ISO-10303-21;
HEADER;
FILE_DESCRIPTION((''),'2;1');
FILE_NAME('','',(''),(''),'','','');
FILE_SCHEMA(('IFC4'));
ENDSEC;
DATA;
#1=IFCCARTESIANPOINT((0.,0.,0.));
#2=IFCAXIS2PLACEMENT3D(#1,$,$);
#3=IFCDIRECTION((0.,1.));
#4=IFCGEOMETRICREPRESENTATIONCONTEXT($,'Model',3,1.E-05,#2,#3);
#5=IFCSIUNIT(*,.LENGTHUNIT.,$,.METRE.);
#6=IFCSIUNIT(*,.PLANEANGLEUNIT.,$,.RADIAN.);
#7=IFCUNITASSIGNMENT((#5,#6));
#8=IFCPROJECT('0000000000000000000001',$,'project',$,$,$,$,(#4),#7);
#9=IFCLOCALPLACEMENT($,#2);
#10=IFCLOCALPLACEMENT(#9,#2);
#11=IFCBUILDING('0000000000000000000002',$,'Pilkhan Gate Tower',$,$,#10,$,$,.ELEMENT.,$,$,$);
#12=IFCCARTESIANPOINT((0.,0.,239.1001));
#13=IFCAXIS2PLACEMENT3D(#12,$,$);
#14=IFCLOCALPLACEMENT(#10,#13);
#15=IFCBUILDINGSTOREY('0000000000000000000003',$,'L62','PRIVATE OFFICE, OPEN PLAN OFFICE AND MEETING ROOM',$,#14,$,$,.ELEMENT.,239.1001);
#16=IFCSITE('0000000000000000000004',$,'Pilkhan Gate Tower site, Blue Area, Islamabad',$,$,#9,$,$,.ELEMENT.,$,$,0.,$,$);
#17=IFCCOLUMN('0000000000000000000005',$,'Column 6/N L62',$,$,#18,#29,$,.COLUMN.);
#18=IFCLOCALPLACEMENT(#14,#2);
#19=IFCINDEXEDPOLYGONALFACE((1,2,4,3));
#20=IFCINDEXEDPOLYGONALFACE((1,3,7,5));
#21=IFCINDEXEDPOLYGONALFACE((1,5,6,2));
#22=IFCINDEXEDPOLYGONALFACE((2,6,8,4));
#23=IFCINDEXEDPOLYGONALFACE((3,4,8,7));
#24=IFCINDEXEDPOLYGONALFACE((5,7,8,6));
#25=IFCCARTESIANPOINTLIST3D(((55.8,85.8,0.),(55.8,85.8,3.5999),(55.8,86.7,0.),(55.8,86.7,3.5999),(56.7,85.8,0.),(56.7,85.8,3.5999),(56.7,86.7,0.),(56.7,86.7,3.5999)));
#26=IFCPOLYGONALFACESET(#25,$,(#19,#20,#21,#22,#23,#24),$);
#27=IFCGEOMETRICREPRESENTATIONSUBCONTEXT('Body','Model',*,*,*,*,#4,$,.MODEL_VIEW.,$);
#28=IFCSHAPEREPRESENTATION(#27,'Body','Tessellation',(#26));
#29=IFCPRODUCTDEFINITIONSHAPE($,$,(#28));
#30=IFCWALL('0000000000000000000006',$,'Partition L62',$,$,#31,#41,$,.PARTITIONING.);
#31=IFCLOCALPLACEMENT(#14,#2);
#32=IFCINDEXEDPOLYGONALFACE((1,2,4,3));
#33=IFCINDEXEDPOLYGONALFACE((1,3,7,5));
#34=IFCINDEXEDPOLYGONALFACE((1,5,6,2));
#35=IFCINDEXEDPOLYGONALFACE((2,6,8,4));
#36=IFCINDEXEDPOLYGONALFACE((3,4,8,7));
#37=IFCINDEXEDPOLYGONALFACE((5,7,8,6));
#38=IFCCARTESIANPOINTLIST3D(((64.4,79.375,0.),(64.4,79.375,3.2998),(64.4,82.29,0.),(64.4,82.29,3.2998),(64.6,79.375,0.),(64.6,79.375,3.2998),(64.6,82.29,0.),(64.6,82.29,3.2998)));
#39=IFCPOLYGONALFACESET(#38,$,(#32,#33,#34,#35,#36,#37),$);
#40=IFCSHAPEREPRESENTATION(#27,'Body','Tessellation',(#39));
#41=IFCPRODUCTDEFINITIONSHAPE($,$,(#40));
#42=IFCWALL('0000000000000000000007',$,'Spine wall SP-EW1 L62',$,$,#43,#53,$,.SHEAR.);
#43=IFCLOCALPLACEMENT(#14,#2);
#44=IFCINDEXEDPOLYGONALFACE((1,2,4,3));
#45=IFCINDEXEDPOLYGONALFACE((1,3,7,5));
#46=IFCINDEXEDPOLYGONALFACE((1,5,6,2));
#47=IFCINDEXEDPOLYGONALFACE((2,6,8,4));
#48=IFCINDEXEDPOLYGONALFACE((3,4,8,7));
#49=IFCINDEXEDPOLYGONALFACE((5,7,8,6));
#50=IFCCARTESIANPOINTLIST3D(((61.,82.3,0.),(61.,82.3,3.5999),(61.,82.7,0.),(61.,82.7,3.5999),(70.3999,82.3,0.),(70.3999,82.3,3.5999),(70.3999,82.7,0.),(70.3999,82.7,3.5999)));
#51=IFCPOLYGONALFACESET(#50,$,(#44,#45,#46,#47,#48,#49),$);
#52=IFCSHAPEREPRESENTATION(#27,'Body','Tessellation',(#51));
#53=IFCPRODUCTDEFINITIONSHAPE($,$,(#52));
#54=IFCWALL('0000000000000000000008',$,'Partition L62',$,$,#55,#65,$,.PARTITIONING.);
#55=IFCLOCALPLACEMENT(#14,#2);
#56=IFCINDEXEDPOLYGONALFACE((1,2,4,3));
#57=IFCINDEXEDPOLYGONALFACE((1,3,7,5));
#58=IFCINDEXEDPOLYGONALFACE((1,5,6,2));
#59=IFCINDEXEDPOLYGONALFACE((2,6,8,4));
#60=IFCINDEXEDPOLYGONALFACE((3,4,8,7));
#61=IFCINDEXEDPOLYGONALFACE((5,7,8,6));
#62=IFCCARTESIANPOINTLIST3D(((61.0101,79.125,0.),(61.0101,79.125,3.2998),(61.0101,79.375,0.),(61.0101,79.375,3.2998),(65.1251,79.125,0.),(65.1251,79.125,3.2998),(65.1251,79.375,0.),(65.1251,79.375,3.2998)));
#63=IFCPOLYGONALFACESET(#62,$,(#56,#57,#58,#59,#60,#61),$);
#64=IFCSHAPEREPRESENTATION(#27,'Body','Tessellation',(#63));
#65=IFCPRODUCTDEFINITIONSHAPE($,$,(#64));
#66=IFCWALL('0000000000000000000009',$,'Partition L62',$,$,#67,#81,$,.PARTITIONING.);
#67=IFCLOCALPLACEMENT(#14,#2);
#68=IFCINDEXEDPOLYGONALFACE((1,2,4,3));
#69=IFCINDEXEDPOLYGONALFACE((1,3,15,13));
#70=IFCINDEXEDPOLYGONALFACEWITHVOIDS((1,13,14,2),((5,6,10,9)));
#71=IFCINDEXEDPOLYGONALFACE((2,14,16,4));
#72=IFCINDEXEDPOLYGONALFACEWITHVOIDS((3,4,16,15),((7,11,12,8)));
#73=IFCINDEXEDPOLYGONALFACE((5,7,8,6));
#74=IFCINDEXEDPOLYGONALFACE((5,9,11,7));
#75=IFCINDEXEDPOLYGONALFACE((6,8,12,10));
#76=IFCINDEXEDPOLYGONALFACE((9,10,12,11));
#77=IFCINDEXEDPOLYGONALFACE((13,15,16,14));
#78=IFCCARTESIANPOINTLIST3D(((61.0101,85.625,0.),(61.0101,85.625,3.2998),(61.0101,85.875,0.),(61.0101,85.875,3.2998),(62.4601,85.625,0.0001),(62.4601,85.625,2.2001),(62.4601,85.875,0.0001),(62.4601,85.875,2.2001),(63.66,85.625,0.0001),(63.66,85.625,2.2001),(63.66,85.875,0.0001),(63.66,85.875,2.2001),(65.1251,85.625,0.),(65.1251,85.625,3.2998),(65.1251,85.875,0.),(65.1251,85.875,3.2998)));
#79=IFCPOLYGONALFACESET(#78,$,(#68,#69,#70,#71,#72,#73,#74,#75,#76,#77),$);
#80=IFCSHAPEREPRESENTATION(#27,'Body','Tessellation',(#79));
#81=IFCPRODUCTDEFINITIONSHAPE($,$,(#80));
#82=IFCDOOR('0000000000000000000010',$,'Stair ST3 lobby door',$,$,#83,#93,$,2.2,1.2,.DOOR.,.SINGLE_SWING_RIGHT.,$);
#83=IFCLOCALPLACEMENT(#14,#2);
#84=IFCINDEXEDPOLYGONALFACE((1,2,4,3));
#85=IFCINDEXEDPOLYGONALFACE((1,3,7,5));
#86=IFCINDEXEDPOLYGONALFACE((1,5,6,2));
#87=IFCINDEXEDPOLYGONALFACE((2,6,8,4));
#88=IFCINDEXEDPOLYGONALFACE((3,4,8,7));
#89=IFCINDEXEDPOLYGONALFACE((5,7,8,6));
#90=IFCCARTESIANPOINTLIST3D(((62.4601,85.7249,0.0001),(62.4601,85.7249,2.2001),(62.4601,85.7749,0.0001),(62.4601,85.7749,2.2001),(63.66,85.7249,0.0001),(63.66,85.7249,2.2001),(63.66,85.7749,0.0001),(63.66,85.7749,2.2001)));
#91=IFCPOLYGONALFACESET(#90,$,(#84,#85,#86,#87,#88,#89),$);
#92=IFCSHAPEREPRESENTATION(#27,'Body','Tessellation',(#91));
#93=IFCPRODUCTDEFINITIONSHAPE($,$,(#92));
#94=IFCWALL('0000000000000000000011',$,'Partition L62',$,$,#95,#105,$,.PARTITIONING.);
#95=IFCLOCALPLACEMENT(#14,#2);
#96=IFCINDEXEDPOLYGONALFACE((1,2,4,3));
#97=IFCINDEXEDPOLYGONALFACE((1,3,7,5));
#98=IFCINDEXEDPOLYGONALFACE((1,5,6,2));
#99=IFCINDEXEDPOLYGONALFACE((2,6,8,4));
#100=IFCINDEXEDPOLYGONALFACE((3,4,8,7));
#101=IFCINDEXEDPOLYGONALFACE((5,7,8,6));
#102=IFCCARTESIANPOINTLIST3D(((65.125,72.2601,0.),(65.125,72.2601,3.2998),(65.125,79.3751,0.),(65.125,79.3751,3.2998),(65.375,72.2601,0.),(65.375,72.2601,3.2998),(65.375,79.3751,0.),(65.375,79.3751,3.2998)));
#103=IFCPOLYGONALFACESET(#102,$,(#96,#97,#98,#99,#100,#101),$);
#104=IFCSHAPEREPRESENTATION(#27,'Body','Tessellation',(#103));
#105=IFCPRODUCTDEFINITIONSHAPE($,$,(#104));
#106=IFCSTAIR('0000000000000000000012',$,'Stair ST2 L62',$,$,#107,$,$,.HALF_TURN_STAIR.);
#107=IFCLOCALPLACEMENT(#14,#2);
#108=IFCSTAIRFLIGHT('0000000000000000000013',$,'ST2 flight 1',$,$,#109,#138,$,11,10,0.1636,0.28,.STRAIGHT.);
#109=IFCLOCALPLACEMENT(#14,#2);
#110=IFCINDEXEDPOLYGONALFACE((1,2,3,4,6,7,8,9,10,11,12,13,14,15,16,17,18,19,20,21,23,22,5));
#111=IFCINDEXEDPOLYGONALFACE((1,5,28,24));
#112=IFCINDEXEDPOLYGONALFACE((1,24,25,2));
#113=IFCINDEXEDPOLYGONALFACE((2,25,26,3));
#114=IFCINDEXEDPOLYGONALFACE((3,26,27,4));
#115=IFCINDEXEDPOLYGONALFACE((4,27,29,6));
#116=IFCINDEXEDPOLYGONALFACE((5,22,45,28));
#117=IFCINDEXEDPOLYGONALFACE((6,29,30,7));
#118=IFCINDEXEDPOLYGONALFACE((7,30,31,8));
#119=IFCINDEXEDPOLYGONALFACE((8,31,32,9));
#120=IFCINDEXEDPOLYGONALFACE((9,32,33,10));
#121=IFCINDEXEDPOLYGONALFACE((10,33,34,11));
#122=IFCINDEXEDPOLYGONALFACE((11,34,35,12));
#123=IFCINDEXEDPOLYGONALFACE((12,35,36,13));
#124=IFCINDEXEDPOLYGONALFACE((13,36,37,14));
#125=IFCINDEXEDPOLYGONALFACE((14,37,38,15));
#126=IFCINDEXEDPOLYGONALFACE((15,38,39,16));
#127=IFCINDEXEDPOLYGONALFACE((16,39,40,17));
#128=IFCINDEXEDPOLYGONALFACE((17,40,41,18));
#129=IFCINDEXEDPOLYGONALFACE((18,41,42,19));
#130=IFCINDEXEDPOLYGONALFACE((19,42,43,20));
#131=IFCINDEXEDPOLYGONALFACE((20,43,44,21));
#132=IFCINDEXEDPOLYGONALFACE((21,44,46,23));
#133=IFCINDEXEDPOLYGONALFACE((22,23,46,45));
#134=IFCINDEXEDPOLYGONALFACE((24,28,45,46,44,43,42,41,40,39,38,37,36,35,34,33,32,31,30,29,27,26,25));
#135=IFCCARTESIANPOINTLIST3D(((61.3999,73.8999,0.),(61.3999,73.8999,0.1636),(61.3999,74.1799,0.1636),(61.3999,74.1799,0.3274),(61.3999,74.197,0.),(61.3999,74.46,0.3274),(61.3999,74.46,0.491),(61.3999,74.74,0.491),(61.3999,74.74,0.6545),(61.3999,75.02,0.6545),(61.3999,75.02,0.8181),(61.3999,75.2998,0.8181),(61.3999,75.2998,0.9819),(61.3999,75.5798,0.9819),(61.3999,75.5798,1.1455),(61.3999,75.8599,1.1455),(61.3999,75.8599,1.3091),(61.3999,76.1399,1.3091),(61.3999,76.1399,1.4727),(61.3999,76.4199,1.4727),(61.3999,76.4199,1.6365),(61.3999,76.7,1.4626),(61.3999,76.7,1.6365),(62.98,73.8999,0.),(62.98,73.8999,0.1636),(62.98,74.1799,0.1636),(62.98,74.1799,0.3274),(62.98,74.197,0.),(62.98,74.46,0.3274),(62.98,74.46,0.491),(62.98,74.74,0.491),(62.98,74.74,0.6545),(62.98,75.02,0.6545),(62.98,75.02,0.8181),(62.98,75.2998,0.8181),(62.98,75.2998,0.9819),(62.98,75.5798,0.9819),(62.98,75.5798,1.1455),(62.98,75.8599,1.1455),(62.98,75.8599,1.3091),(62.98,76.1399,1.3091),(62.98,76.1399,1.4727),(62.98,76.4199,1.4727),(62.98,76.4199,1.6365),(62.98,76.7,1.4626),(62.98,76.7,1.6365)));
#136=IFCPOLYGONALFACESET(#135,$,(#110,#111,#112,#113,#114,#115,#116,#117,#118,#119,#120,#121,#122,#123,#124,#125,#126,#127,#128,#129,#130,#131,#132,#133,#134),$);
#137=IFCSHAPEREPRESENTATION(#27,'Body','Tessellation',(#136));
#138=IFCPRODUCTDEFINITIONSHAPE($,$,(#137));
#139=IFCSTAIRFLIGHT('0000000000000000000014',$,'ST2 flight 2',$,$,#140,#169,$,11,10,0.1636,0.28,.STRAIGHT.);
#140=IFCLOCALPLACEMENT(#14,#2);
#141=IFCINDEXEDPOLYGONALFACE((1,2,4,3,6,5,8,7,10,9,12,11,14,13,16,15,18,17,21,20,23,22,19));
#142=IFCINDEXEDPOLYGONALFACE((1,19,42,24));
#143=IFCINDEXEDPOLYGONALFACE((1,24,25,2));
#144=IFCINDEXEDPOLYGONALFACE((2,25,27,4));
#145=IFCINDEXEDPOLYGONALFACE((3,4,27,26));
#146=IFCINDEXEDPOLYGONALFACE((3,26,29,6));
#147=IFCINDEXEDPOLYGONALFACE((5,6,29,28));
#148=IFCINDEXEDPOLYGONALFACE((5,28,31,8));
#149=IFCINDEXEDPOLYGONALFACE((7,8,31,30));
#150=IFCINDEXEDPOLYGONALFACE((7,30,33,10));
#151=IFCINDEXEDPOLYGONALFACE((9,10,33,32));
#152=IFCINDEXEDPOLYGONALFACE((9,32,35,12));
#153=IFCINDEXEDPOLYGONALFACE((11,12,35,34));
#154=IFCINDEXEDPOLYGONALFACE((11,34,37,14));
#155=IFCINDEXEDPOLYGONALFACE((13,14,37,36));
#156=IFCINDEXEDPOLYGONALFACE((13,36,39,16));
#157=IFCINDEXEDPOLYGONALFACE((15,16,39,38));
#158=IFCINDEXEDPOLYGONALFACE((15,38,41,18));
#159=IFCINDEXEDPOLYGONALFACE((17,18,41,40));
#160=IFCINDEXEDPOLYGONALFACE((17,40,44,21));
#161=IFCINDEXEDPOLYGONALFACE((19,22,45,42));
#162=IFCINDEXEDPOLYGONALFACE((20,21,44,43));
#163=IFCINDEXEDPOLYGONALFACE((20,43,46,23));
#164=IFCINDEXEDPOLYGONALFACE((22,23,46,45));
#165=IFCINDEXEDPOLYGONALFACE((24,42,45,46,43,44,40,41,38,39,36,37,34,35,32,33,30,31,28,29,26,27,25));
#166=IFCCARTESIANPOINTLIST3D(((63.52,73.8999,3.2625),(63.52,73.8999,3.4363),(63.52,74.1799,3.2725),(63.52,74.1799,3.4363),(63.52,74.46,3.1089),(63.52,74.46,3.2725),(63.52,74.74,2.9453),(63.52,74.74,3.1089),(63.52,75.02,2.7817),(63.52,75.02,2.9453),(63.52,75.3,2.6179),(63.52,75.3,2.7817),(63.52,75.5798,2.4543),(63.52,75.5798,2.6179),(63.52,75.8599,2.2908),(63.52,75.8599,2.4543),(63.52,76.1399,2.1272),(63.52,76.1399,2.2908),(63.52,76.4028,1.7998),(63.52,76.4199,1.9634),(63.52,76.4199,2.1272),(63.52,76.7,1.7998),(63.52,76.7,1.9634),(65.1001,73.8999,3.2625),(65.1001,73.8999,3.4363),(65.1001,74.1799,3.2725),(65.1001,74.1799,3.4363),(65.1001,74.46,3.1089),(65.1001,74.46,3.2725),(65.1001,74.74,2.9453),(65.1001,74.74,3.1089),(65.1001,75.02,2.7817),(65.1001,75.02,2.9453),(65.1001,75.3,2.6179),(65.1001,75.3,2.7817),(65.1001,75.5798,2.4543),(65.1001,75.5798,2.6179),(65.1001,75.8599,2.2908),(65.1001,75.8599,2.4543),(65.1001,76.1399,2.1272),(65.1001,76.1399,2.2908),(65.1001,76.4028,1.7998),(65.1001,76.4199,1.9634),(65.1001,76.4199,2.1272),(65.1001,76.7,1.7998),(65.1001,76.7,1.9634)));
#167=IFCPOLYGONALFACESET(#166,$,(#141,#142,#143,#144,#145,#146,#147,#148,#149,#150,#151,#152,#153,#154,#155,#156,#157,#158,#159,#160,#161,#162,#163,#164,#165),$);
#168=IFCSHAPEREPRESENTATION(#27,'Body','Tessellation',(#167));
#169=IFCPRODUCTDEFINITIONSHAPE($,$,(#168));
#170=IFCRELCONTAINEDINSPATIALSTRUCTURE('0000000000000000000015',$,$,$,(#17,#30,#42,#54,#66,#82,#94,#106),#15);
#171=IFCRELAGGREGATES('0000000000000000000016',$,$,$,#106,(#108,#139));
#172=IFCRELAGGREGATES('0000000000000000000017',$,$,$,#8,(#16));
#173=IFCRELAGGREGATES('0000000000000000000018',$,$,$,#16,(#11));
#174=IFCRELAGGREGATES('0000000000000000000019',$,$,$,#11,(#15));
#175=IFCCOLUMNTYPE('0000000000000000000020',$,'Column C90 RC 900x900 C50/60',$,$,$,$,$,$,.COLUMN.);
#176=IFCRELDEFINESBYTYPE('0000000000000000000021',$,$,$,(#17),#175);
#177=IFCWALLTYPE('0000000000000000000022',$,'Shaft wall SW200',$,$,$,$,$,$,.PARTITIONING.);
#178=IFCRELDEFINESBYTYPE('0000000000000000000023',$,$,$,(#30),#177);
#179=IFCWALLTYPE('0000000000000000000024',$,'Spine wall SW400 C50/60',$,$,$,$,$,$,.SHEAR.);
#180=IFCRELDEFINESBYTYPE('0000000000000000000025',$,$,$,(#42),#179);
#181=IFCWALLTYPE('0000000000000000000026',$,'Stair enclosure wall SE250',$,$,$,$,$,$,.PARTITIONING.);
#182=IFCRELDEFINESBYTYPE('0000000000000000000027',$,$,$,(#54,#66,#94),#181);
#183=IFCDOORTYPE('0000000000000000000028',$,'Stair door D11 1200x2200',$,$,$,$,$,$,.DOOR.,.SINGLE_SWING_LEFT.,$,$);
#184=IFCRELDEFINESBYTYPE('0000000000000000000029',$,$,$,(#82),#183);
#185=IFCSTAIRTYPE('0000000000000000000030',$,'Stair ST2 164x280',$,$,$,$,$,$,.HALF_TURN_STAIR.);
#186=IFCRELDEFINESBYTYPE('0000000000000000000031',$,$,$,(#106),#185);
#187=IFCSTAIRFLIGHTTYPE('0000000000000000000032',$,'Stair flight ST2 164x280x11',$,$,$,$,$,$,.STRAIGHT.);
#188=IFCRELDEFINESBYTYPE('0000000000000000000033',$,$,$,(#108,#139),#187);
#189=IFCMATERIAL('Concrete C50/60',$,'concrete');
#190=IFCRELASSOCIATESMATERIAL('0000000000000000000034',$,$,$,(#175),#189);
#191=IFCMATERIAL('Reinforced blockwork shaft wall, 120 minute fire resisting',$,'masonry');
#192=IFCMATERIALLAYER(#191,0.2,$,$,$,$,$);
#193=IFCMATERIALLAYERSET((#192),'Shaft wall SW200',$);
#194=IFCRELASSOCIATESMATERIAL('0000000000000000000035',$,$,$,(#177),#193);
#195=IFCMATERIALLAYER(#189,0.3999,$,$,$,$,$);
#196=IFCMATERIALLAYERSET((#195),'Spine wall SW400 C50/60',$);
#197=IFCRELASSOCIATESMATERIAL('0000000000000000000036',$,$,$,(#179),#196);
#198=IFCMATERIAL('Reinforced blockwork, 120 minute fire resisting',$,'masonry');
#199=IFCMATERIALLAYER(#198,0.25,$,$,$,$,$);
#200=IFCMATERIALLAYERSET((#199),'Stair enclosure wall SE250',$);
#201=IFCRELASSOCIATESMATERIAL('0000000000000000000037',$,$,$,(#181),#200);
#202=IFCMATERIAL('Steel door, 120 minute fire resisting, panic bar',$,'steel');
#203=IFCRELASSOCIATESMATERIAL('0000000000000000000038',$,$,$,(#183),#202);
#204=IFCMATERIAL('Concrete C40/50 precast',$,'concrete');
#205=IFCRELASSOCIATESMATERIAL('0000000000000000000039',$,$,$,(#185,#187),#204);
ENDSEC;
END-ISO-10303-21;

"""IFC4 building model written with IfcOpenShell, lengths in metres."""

from ifc_helpers import new_model, si_unit, direction, frame, frame_2d, origin, origin_2d, place, context, subcontext, project, spatial, polyline, rectangle, outline, extrude, material, layer, layer_set, material_profile, profile_set, type_object, element, fill, aggregate, save


model = new_model("IFC4")

# Units and contexts
model_context = context("Model", 3, precision=1e-05, world=origin(), true_north=direction((0.0, 1.0)))
body_context = subcontext(model_context, "Body", "Model", "MODEL_VIEW")
ifc_project = project(units=[si_unit("LENGTHUNIT", "METRE"), si_unit("PLANEANGLEUNIT", "RADIAN")], contexts=[model_context])

# Site, building, storey
site_placement = place(None, origin())
site = spatial("IfcSite", under=ifc_project, at=site_placement, Name="Pilkhan Gate Tower site, Blue Area, Islamabad", CompositionType="ELEMENT", RefElevation=0.0)
building_placement = place(site_placement, origin())
building = spatial("IfcBuilding", under=site, at=building_placement, Name="Pilkhan Gate Tower", CompositionType="ELEMENT")
storey_placement = place(building_placement, frame((0.0, 0.0, 239.1001)))
storey = spatial("IfcBuildingStorey", under=building, at=storey_placement, Name="L62", Description="PRIVATE OFFICE, OPEN PLAN OFFICE AND MEETING ROOM", CompositionType="ELEMENT", Elevation=239.1001)

# Column
ifc_material_1 = material(Name="Concrete C50/60", Category="concrete")
ifc_material_profile = material_profile(ifc_material_1, rectangle(XDim=0.8999, YDim=0.8999, at=origin_2d()), Name="RC 900x900")
ifc_profile_set = profile_set([ifc_material_profile], Name="Concrete C50/60")
column_type = type_object("IfcColumnType", Name="Column C90 RC 900x900 C50/60", PredefinedType="COLUMN", material=ifc_profile_set)
column_placement = place(storey_placement, frame((56.25, 86.25, 0.0), z_axis=(0.0, 0.0, 1.0), x_axis=(1.0, 0.0, 0.0)))
element("IfcColumn", 1, at=column_placement, inside=storey, type_object=column_type, Name="Column 6/N L62", PredefinedType="COLUMN", context=body_context, shape_type="SweptSolid", body=[
    extrude(rectangle(XDim=0.8999, YDim=0.8999, at=origin_2d()), origin(), (0.0, 0.0, 1.0), 3.5999),
])

# Walls
ifc_material_2 = material(Name="Reinforced blockwork shaft wall, 120 minute fire resisting", Category="masonry")
ifc_layer_1 = layer(ifc_material_2, 0.2)
ifc_layer_set_1 = layer_set([ifc_layer_1], Name="Shaft wall SW200")
wall_type_1 = type_object("IfcWallType", Name="Shaft wall SW200", PredefinedType="PARTITIONING", material=ifc_layer_set_1)
wall_1_placement = place(storey_placement, frame((64.5, 79.375, 0.0), z_axis=(0.0, 0.0, 1.0), x_axis=(0.0, 1.0, 0.0)))
element("IfcWall", 2, at=wall_1_placement, inside=storey, type_object=wall_type_1, Name="Partition L62", PredefinedType="PARTITIONING", context=body_context, shape_type="SweptSolid", body=[
    extrude(rectangle(XDim=2.915, YDim=0.2, at=frame_2d((1.4575, 0.0))), origin(), (0.0, 0.0, 1.0), 3.2998),
])
ifc_layer_2 = layer(ifc_material_1, 0.3999)
ifc_layer_set_2 = layer_set([ifc_layer_2], Name="Spine wall SW400 C50/60")
wall_type_2 = type_object("IfcWallType", Name="Spine wall SW400 C50/60", PredefinedType="SHEAR", material=ifc_layer_set_2)
wall_2_placement = place(storey_placement, frame((61.0, 82.5, 0.0), z_axis=(0.0, 0.0, 1.0), x_axis=(1.0, 0.0, 0.0)))
element("IfcWall", 3, at=wall_2_placement, inside=storey, type_object=wall_type_2, Name="Spine wall SP-EW1 L62", PredefinedType="SHEAR", context=body_context, shape_type="SweptSolid", body=[
    extrude(rectangle(XDim=9.3999, YDim=0.3999, at=frame_2d((4.7, 0.0))), origin(), (0.0, 0.0, 1.0), 3.5999),
])
ifc_material_3 = material(Name="Reinforced blockwork, 120 minute fire resisting", Category="masonry")
ifc_layer_3 = layer(ifc_material_3, 0.25)
ifc_layer_set_3 = layer_set([ifc_layer_3], Name="Stair enclosure wall SE250")
wall_type_3 = type_object("IfcWallType", Name="Stair enclosure wall SE250", PredefinedType="PARTITIONING", material=ifc_layer_set_3)
wall_3_placement = place(storey_placement, frame((61.01, 79.25, 0.0), z_axis=(0.0, 0.0, 1.0), x_axis=(1.0, 0.0, 0.0)))
element("IfcWall", 4, at=wall_3_placement, inside=storey, type_object=wall_type_3, Name="Partition L62", PredefinedType="PARTITIONING", context=body_context, shape_type="SweptSolid", body=[
    extrude(rectangle(XDim=4.115, YDim=0.25, at=frame_2d((2.0576, 0.0))), origin(), (0.0, 0.0, 1.0), 3.2998),
])

# Wall, opening, door
wall_4_placement = place(storey_placement, frame((61.01, 85.75, 0.0), z_axis=(0.0, 0.0, 1.0), x_axis=(1.0, 0.0, 0.0)))
wall_4 = element("IfcWall", 5, at=wall_4_placement, inside=storey, type_object=wall_type_3, Name="Partition L62", PredefinedType="PARTITIONING", context=body_context, shape_type="SweptSolid", body=[
    extrude(rectangle(XDim=4.115, YDim=0.25, at=frame_2d((2.0576, 0.0))), origin(), (0.0, 0.0, 1.0), 3.2998),
])
opening_placement = place(wall_4_placement, frame((1.45, 0.0, 0.0)))
opening = element("IfcOpeningElement", 6, at=opening_placement, cuts=wall_4, PredefinedType="OPENING", context=body_context, shape_type="SweptSolid", body=[
    extrude(rectangle(XDim=1.2, YDim=2.2, at=frame_2d((0.6001, 1.1001))), frame((0.0, 0.135, 0.0), z_axis=(0.0, -1.0, 0.0), x_axis=(1.0, 0.0, 0.0)), (0.0, 0.0, 1.0), 0.27),
])
ifc_material_4 = material(Name="Steel door, 120 minute fire resisting, panic bar", Category="steel")
door_type = type_object("IfcDoorType", Name="Stair door D11 1200x2200", OperationType="SINGLE_SWING_LEFT", PredefinedType="DOOR", material=ifc_material_4)
door_placement = place(opening_placement, origin())
door = element("IfcDoor", 7, at=door_placement, inside=storey, type_object=door_type, Name="Stair ST3 lobby door", OperationType="SINGLE_SWING_RIGHT", OverallHeight=2.2, OverallWidth=1.2, PredefinedType="DOOR", context=body_context, shape_type="SweptSolid", body=[
    extrude(rectangle(XDim=1.2, YDim=2.2, at=frame_2d((0.6001, 1.1001))), frame((0.0, 0.0249, 0.0), z_axis=(0.0, -1.0, 0.0), x_axis=(1.0, 0.0, 0.0)), (0.0, 0.0, 1.0), 0.05),
])
fill(opening, door)

# Wall
wall_5_placement = place(storey_placement, frame((65.25, 72.26, 0.0), z_axis=(0.0, 0.0, 1.0), x_axis=(0.0, 1.0, 0.0)))
element("IfcWall", 8, at=wall_5_placement, inside=storey, type_object=wall_type_3, Name="Partition L62", PredefinedType="PARTITIONING", context=body_context, shape_type="SweptSolid", body=[
    extrude(rectangle(XDim=7.115, YDim=0.25, at=frame_2d((3.5576, 0.0))), origin(), (0.0, 0.0, 1.0), 3.2998),
])

# Stair, stair flights
ifc_material_5 = material(Name="Concrete C40/50 precast", Category="concrete")
stair_type_1 = type_object("IfcStairType", Name="Stair ST2 164x280", PredefinedType="HALF_TURN_STAIR", material=ifc_material_5)
stair_1_placement = place(storey_placement, origin())
stair_1 = element("IfcStair", 9, at=stair_1_placement, inside=storey, type_object=stair_type_1, Name="Stair ST2 L62", PredefinedType="HALF_TURN_STAIR")
stair_flight_type_1 = type_object("IfcStairFlightType", Name="Stair flight ST2 164x280x11", PredefinedType="STRAIGHT", material=ifc_material_5)
stair_flight_1_placement = place(storey_placement, frame((62.1899, 73.8999, 0.0), z_axis=(0.0, 0.0, 1.0), x_axis=(0.0, 1.0, 0.0)))
stair_flight_1 = element("IfcStairFlight", 10, at=stair_flight_1_placement, type_object=stair_flight_type_1, Name="ST2 flight 1", NumberOfRisers=11, NumberOfTreads=10, PredefinedType="STRAIGHT", RiserHeight=0.1636, TreadLength=0.28, context=body_context, shape_type="SweptSolid", body=[
    extrude(outline(polyline([(0.0, 0.0), (0.0, 0.1636), (0.28, 0.1636), (0.28, 0.3274), (0.5601, 0.3274), (0.5601, 0.491), (0.8401, 0.491), (0.8401, 0.6545), (1.1201, 0.6545), (1.1201, 0.8181), (1.3999, 0.8181), (1.3999, 0.9819), (1.6799, 0.9819), (1.6799, 1.1455), (1.96, 1.1455), (1.96, 1.3091), (2.24, 1.3091), (2.24, 1.4727), (2.52, 1.4727), (2.52, 1.6365), (2.8, 1.6365), (2.8, 1.8), (2.8, 1.4626), (0.2971, 0.0), (0.0, 0.0)])), frame((0.0, 0.79, 0.0), z_axis=(0.0, -1.0, 0.0), x_axis=(1.0, 0.0, 0.0)), (0.0, 0.0, 1.0), 1.5801),
])
stair_flight_2_placement = place(storey_placement, frame((64.3101, 76.7, 1.7998), z_axis=(0.0, 0.0, 1.0), x_axis=(0.0, -1.0, 0.0)))
stair_flight_2 = element("IfcStairFlight", 11, at=stair_flight_2_placement, type_object=stair_flight_type_1, Name="ST2 flight 2", NumberOfRisers=11, NumberOfTreads=10, PredefinedType="STRAIGHT", RiserHeight=0.1636, TreadLength=0.28, context=body_context, shape_type="SweptSolid", body=[
    extrude(outline(polyline([(0.0, 0.0), (0.0, 0.1636), (0.28, 0.1636), (0.28, 0.3274), (0.5601, 0.3274), (0.5601, 0.491), (0.8401, 0.491), (0.8401, 0.6545), (1.1201, 0.6545), (1.1201, 0.8181), (1.3999, 0.8181), (1.3999, 0.9819), (1.6799, 0.9819), (1.6799, 1.1455), (1.96, 1.1455), (1.96, 1.3091), (2.24, 1.3091), (2.24, 1.4727), (2.52, 1.4727), (2.52, 1.6365), (2.8, 1.6365), (2.8, 1.8), (2.8, 1.4626), (0.2971, 0.0), (0.0, 0.0)])), frame((0.0, 0.79, 0.0), z_axis=(0.0, -1.0, 0.0), x_axis=(1.0, 0.0, 0.0)), (0.0, 0.0, 1.0), 1.5801),
])
aggregate(stair_1, [stair_flight_1, stair_flight_2])

save(model, "model.ifc")
